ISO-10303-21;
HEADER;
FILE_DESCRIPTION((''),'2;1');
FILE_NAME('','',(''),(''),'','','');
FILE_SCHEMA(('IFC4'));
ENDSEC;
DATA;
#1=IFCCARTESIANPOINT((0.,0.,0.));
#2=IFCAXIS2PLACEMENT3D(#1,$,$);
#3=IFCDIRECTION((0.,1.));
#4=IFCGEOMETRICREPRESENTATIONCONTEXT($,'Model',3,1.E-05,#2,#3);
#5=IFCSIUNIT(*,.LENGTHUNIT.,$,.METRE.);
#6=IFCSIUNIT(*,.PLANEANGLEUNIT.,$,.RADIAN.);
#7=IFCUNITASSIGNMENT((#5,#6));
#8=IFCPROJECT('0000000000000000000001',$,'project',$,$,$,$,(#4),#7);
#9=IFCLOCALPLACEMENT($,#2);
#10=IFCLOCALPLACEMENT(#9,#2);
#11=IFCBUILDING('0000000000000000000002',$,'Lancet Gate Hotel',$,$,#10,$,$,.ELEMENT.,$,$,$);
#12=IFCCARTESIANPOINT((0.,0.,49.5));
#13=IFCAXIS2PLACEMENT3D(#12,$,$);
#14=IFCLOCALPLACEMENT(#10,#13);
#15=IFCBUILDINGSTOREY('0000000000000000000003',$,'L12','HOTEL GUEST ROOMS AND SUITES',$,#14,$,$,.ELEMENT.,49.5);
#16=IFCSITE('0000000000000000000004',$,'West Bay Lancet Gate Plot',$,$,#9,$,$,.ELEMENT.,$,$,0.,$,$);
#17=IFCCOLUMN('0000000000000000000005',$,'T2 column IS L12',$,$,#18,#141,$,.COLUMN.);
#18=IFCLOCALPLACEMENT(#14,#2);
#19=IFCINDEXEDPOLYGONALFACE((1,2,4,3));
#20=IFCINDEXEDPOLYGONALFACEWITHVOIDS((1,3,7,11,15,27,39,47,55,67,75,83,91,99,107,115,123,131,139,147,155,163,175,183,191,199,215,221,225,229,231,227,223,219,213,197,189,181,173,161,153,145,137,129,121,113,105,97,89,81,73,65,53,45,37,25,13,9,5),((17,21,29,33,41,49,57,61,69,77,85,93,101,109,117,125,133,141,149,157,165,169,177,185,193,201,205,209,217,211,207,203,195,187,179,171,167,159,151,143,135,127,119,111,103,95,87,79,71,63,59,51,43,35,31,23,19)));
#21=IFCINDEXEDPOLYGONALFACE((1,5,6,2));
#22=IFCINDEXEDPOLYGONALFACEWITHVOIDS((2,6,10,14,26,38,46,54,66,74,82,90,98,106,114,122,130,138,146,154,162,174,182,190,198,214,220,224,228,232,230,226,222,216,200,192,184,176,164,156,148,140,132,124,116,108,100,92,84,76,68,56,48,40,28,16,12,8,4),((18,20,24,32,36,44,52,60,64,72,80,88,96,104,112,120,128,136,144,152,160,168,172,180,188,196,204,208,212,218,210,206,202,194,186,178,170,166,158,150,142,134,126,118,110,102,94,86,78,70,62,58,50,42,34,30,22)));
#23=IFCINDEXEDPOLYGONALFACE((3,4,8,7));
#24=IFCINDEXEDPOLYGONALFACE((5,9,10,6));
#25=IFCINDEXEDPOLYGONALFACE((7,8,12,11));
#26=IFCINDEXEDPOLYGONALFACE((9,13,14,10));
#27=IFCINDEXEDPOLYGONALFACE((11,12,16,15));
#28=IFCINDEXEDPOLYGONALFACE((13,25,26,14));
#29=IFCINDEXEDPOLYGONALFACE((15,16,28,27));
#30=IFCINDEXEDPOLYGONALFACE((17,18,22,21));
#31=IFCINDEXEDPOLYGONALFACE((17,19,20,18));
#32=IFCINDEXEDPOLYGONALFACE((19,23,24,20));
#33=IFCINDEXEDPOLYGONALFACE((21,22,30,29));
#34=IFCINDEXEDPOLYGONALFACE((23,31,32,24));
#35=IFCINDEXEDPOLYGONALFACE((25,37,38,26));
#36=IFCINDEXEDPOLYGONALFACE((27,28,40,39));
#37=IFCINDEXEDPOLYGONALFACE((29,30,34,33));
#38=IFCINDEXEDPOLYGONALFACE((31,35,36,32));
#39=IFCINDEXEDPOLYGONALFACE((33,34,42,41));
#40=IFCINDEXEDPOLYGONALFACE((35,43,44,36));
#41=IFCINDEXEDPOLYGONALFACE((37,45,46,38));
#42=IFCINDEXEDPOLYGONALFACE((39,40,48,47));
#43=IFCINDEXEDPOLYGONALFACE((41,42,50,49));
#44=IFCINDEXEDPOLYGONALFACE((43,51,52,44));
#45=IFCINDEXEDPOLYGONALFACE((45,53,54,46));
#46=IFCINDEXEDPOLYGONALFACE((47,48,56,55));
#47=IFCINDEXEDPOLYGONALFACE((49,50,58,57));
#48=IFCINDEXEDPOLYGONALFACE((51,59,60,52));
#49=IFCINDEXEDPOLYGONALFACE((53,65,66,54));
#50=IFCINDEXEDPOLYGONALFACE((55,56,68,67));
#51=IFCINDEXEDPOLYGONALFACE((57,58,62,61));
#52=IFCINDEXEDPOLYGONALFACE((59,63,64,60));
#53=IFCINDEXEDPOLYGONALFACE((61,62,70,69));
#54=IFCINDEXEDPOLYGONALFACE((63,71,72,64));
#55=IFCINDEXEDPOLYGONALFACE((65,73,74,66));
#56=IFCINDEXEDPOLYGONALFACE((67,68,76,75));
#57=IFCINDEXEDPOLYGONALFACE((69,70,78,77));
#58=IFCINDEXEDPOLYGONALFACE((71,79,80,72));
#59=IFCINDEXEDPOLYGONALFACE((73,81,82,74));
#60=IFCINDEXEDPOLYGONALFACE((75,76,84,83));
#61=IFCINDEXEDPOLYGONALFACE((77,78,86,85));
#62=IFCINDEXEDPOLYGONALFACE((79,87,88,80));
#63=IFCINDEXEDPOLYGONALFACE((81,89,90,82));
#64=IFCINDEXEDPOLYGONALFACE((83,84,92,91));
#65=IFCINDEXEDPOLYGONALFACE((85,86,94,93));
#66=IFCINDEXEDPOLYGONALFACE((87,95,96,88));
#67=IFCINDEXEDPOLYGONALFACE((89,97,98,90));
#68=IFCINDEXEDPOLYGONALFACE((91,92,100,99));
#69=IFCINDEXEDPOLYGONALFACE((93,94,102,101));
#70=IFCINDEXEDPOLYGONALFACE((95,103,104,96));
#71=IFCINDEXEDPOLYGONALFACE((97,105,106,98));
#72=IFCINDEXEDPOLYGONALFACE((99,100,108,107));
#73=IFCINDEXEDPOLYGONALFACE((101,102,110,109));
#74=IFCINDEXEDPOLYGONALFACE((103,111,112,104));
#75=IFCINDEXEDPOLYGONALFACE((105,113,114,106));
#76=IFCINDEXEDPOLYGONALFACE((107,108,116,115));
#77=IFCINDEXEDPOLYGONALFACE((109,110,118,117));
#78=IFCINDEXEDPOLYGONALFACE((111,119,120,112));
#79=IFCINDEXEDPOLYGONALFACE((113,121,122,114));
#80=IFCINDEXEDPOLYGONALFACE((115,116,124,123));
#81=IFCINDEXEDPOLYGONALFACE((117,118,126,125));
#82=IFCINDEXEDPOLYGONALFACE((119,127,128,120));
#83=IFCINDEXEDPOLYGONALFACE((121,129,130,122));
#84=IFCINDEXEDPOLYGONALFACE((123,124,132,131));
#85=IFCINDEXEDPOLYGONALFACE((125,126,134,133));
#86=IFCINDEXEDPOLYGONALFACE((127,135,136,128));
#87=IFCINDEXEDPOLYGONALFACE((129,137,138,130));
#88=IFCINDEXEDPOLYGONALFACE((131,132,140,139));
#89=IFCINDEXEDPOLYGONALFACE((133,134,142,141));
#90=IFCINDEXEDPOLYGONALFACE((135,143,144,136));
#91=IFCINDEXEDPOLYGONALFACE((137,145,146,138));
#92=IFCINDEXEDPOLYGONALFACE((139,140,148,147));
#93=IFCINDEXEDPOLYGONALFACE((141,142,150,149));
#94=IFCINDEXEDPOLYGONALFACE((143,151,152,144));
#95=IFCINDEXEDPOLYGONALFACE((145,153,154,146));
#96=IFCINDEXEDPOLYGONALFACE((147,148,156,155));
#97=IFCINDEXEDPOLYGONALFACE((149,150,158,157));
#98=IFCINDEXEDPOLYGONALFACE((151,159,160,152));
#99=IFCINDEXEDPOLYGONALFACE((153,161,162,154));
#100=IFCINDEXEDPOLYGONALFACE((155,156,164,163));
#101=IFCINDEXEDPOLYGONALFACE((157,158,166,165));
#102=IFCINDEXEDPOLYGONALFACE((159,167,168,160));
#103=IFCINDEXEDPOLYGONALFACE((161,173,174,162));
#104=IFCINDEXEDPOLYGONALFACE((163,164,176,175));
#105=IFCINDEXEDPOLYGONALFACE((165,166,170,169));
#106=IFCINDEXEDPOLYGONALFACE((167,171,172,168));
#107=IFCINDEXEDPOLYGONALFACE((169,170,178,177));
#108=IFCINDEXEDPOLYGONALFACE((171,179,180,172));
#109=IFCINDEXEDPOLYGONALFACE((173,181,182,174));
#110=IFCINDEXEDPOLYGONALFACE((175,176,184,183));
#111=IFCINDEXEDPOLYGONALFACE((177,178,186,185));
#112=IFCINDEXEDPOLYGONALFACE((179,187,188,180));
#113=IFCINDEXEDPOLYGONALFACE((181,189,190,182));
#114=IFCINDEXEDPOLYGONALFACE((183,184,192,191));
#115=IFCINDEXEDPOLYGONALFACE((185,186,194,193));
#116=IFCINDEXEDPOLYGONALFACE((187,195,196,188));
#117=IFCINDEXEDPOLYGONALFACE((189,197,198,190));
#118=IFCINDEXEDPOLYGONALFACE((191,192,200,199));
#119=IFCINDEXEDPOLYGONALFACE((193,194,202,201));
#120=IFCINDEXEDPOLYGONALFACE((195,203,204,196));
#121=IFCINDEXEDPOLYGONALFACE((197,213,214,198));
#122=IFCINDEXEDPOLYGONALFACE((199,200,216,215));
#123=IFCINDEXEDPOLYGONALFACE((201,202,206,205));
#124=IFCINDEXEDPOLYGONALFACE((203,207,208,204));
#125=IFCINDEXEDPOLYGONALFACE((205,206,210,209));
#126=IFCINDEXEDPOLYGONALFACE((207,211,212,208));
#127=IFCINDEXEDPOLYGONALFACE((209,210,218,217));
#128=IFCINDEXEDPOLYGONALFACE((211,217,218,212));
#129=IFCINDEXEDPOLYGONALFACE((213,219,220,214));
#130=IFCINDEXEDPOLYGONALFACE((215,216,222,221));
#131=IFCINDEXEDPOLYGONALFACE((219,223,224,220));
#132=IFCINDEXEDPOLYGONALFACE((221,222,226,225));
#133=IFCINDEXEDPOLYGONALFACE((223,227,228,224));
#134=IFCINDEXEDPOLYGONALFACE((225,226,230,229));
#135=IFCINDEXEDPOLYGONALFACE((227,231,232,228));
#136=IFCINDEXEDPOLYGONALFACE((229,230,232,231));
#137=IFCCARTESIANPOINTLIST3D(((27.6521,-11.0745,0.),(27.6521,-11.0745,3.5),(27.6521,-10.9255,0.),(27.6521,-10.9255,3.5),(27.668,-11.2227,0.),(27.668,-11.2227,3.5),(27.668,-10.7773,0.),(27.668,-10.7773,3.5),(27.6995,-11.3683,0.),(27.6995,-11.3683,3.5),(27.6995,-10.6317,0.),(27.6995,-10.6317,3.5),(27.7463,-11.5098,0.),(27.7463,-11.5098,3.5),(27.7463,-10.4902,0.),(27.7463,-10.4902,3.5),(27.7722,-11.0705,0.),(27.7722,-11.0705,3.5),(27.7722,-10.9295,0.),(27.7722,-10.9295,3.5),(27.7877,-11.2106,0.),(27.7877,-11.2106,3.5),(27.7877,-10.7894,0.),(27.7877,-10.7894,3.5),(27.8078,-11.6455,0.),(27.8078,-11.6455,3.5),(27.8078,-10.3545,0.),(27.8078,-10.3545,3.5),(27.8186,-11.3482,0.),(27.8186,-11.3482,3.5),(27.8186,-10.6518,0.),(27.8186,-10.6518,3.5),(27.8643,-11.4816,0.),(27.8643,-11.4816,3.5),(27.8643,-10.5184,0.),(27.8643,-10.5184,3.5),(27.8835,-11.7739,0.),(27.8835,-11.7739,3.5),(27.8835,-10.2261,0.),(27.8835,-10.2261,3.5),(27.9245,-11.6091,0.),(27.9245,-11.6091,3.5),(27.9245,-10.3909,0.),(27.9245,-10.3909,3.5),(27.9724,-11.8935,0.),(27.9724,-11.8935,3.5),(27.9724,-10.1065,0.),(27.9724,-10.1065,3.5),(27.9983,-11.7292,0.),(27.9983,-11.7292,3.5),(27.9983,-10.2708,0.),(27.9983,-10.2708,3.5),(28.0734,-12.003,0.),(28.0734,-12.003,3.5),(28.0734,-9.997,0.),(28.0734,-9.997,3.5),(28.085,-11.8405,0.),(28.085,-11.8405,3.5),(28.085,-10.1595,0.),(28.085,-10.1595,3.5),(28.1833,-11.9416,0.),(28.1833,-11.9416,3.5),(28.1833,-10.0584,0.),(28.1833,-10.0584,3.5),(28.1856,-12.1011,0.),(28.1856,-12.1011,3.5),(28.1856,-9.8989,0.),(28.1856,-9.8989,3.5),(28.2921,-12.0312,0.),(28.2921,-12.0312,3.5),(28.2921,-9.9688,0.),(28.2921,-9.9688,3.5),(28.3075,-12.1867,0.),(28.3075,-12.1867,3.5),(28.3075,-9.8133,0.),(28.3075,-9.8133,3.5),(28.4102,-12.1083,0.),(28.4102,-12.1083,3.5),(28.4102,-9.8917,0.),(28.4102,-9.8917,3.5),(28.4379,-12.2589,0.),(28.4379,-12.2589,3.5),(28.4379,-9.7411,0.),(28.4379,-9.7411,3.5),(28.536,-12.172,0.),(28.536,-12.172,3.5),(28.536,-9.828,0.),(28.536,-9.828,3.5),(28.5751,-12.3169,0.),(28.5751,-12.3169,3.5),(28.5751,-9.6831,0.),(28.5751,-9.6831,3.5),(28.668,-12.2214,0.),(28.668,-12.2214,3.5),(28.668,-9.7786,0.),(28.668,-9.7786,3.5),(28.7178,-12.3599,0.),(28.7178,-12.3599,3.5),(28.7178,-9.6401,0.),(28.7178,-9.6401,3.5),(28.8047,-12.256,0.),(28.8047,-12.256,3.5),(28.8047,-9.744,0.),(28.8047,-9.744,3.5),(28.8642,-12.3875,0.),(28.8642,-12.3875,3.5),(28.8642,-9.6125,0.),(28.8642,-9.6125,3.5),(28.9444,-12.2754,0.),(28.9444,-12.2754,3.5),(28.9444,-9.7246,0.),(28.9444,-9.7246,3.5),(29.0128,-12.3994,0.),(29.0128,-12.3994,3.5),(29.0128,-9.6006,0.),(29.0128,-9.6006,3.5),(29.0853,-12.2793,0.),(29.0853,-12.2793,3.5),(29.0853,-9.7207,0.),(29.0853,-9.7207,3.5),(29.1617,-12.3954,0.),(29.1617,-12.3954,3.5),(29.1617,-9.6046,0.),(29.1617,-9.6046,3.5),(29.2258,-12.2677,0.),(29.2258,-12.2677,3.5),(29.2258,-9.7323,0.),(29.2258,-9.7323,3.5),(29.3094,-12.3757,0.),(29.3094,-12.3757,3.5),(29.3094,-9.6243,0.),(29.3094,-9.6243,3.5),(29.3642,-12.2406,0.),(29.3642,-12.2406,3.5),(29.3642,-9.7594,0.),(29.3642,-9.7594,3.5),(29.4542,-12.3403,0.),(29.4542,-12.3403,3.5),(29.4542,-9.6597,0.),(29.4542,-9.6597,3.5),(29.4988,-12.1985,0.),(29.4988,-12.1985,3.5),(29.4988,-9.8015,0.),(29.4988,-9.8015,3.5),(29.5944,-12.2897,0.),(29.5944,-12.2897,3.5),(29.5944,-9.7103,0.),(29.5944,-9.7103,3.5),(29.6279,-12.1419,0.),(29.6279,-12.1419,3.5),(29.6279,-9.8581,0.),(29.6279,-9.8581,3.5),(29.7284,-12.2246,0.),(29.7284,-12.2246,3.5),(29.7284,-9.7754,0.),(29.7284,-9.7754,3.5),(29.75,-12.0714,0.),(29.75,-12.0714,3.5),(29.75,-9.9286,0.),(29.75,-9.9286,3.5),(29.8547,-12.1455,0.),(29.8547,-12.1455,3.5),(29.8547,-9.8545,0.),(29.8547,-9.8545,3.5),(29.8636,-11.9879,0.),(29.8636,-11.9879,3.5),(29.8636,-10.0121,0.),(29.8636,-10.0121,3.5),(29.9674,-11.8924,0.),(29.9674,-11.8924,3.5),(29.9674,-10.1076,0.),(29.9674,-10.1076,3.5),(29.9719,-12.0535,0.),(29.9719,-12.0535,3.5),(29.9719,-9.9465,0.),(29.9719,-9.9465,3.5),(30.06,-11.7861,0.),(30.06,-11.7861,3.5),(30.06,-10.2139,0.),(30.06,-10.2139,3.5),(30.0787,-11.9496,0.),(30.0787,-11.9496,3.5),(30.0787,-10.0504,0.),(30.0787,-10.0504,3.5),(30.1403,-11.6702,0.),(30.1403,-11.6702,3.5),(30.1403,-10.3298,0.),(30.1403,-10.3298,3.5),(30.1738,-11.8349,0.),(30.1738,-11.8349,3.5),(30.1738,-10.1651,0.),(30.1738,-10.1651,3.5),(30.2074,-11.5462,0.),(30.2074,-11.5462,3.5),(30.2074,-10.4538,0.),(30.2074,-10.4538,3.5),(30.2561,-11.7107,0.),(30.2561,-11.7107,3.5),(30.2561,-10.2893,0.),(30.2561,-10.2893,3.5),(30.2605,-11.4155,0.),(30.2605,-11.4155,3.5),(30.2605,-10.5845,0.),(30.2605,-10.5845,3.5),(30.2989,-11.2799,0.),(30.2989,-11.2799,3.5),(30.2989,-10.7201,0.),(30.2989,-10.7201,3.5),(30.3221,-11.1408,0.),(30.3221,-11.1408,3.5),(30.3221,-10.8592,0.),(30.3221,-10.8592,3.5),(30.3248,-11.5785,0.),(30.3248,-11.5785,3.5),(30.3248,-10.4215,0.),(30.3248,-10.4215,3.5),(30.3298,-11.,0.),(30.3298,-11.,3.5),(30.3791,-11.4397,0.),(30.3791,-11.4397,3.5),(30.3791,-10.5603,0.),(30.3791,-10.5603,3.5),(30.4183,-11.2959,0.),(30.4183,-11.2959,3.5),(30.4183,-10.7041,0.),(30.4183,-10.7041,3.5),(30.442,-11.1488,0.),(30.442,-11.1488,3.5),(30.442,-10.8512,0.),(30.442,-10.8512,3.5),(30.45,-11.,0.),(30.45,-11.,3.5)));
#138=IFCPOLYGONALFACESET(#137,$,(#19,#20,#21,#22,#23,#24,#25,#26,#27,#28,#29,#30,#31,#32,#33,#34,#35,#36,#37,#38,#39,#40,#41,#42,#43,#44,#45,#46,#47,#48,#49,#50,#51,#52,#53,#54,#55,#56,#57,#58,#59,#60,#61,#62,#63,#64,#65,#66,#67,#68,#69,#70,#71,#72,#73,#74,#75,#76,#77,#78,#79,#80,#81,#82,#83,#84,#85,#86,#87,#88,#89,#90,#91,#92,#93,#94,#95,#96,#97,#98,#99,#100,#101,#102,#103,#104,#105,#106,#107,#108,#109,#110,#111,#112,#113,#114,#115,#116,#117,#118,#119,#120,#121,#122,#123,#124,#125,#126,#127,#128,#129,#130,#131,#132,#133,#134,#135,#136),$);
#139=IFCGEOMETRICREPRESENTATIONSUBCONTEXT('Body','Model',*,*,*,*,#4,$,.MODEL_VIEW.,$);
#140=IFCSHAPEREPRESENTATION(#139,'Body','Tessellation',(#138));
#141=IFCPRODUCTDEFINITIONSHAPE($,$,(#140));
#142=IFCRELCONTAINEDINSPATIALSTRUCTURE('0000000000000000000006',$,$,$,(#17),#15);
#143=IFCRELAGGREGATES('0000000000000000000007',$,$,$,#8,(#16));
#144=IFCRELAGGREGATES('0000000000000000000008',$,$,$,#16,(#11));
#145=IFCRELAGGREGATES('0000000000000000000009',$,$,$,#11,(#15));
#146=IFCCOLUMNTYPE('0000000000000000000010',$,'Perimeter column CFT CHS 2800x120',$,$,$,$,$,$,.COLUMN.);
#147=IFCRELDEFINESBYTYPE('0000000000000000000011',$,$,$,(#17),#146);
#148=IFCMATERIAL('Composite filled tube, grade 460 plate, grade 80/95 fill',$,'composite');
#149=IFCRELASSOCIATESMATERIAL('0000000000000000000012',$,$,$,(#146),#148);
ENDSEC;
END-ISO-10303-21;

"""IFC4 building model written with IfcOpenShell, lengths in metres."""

from ifc_helpers import new_model, si_unit, direction, frame, origin, origin_2d, place, context, subcontext, project, spatial, hollow_circle, extrude, material, material_profile, profile_set, type_object, element, save


model = new_model("IFC4")

# Units and contexts
model_context = context("Model", 3, precision=1e-05, world=origin(), true_north=direction((0.0, 1.0)))
body_context = subcontext(model_context, "Body", "Model", "MODEL_VIEW")
ifc_project = project(units=[si_unit("LENGTHUNIT", "METRE"), si_unit("PLANEANGLEUNIT", "RADIAN")], contexts=[model_context])

# Site, building, storey
site_placement = place(None, origin())
site = spatial("IfcSite", under=ifc_project, at=site_placement, Name="West Bay Lancet Gate Plot", CompositionType="ELEMENT", RefElevation=0.0)
building_placement = place(site_placement, origin())
building = spatial("IfcBuilding", under=site, at=building_placement, Name="Lancet Gate Hotel", CompositionType="ELEMENT")
storey_placement = place(building_placement, frame((0.0, 0.0, 49.5)))
storey = spatial("IfcBuildingStorey", under=building, at=storey_placement, Name="L12", Description="HOTEL GUEST ROOMS AND SUITES", CompositionType="ELEMENT", Elevation=49.5)

# Column
ifc_material_1 = material(Name="Composite filled tube, grade 460 plate, grade 80/95 fill", Category="composite")
ifc_material_profile_1 = material_profile(ifc_material_1, hollow_circle(Radius=1.3999, WallThickness=0.1201, at=origin_2d()), Name="CHS 2800x120")
ifc_profile_set_1 = profile_set([ifc_material_profile_1], Name="Composite filled tube, grade 460 plate, grade 80/95 fill")
column_type = type_object("IfcColumnType", Name="Perimeter column CFT CHS 2800x120", PredefinedType="COLUMN", material=ifc_profile_set_1)
for number, where, z_axis, x_axis, name in (
    (1, (29.05, -11.0, 0.0), (0.0, 0.0, 1.0), (1.0, 0.0, 0.0), "T2 column IS L12"),
):
    element("IfcColumn", number, at=place(storey_placement, frame(where, z_axis=z_axis, x_axis=x_axis)), inside=storey, type_object=column_type, Name=name, PredefinedType="COLUMN", context=body_context, shape_type="SweptSolid", body=[
        extrude(hollow_circle(Radius=1.3999, WallThickness=0.1201, at=origin_2d()), origin(), (0.0, 0.0, 1.0), 3.5),
    ])

save(model, "model.ifc")
